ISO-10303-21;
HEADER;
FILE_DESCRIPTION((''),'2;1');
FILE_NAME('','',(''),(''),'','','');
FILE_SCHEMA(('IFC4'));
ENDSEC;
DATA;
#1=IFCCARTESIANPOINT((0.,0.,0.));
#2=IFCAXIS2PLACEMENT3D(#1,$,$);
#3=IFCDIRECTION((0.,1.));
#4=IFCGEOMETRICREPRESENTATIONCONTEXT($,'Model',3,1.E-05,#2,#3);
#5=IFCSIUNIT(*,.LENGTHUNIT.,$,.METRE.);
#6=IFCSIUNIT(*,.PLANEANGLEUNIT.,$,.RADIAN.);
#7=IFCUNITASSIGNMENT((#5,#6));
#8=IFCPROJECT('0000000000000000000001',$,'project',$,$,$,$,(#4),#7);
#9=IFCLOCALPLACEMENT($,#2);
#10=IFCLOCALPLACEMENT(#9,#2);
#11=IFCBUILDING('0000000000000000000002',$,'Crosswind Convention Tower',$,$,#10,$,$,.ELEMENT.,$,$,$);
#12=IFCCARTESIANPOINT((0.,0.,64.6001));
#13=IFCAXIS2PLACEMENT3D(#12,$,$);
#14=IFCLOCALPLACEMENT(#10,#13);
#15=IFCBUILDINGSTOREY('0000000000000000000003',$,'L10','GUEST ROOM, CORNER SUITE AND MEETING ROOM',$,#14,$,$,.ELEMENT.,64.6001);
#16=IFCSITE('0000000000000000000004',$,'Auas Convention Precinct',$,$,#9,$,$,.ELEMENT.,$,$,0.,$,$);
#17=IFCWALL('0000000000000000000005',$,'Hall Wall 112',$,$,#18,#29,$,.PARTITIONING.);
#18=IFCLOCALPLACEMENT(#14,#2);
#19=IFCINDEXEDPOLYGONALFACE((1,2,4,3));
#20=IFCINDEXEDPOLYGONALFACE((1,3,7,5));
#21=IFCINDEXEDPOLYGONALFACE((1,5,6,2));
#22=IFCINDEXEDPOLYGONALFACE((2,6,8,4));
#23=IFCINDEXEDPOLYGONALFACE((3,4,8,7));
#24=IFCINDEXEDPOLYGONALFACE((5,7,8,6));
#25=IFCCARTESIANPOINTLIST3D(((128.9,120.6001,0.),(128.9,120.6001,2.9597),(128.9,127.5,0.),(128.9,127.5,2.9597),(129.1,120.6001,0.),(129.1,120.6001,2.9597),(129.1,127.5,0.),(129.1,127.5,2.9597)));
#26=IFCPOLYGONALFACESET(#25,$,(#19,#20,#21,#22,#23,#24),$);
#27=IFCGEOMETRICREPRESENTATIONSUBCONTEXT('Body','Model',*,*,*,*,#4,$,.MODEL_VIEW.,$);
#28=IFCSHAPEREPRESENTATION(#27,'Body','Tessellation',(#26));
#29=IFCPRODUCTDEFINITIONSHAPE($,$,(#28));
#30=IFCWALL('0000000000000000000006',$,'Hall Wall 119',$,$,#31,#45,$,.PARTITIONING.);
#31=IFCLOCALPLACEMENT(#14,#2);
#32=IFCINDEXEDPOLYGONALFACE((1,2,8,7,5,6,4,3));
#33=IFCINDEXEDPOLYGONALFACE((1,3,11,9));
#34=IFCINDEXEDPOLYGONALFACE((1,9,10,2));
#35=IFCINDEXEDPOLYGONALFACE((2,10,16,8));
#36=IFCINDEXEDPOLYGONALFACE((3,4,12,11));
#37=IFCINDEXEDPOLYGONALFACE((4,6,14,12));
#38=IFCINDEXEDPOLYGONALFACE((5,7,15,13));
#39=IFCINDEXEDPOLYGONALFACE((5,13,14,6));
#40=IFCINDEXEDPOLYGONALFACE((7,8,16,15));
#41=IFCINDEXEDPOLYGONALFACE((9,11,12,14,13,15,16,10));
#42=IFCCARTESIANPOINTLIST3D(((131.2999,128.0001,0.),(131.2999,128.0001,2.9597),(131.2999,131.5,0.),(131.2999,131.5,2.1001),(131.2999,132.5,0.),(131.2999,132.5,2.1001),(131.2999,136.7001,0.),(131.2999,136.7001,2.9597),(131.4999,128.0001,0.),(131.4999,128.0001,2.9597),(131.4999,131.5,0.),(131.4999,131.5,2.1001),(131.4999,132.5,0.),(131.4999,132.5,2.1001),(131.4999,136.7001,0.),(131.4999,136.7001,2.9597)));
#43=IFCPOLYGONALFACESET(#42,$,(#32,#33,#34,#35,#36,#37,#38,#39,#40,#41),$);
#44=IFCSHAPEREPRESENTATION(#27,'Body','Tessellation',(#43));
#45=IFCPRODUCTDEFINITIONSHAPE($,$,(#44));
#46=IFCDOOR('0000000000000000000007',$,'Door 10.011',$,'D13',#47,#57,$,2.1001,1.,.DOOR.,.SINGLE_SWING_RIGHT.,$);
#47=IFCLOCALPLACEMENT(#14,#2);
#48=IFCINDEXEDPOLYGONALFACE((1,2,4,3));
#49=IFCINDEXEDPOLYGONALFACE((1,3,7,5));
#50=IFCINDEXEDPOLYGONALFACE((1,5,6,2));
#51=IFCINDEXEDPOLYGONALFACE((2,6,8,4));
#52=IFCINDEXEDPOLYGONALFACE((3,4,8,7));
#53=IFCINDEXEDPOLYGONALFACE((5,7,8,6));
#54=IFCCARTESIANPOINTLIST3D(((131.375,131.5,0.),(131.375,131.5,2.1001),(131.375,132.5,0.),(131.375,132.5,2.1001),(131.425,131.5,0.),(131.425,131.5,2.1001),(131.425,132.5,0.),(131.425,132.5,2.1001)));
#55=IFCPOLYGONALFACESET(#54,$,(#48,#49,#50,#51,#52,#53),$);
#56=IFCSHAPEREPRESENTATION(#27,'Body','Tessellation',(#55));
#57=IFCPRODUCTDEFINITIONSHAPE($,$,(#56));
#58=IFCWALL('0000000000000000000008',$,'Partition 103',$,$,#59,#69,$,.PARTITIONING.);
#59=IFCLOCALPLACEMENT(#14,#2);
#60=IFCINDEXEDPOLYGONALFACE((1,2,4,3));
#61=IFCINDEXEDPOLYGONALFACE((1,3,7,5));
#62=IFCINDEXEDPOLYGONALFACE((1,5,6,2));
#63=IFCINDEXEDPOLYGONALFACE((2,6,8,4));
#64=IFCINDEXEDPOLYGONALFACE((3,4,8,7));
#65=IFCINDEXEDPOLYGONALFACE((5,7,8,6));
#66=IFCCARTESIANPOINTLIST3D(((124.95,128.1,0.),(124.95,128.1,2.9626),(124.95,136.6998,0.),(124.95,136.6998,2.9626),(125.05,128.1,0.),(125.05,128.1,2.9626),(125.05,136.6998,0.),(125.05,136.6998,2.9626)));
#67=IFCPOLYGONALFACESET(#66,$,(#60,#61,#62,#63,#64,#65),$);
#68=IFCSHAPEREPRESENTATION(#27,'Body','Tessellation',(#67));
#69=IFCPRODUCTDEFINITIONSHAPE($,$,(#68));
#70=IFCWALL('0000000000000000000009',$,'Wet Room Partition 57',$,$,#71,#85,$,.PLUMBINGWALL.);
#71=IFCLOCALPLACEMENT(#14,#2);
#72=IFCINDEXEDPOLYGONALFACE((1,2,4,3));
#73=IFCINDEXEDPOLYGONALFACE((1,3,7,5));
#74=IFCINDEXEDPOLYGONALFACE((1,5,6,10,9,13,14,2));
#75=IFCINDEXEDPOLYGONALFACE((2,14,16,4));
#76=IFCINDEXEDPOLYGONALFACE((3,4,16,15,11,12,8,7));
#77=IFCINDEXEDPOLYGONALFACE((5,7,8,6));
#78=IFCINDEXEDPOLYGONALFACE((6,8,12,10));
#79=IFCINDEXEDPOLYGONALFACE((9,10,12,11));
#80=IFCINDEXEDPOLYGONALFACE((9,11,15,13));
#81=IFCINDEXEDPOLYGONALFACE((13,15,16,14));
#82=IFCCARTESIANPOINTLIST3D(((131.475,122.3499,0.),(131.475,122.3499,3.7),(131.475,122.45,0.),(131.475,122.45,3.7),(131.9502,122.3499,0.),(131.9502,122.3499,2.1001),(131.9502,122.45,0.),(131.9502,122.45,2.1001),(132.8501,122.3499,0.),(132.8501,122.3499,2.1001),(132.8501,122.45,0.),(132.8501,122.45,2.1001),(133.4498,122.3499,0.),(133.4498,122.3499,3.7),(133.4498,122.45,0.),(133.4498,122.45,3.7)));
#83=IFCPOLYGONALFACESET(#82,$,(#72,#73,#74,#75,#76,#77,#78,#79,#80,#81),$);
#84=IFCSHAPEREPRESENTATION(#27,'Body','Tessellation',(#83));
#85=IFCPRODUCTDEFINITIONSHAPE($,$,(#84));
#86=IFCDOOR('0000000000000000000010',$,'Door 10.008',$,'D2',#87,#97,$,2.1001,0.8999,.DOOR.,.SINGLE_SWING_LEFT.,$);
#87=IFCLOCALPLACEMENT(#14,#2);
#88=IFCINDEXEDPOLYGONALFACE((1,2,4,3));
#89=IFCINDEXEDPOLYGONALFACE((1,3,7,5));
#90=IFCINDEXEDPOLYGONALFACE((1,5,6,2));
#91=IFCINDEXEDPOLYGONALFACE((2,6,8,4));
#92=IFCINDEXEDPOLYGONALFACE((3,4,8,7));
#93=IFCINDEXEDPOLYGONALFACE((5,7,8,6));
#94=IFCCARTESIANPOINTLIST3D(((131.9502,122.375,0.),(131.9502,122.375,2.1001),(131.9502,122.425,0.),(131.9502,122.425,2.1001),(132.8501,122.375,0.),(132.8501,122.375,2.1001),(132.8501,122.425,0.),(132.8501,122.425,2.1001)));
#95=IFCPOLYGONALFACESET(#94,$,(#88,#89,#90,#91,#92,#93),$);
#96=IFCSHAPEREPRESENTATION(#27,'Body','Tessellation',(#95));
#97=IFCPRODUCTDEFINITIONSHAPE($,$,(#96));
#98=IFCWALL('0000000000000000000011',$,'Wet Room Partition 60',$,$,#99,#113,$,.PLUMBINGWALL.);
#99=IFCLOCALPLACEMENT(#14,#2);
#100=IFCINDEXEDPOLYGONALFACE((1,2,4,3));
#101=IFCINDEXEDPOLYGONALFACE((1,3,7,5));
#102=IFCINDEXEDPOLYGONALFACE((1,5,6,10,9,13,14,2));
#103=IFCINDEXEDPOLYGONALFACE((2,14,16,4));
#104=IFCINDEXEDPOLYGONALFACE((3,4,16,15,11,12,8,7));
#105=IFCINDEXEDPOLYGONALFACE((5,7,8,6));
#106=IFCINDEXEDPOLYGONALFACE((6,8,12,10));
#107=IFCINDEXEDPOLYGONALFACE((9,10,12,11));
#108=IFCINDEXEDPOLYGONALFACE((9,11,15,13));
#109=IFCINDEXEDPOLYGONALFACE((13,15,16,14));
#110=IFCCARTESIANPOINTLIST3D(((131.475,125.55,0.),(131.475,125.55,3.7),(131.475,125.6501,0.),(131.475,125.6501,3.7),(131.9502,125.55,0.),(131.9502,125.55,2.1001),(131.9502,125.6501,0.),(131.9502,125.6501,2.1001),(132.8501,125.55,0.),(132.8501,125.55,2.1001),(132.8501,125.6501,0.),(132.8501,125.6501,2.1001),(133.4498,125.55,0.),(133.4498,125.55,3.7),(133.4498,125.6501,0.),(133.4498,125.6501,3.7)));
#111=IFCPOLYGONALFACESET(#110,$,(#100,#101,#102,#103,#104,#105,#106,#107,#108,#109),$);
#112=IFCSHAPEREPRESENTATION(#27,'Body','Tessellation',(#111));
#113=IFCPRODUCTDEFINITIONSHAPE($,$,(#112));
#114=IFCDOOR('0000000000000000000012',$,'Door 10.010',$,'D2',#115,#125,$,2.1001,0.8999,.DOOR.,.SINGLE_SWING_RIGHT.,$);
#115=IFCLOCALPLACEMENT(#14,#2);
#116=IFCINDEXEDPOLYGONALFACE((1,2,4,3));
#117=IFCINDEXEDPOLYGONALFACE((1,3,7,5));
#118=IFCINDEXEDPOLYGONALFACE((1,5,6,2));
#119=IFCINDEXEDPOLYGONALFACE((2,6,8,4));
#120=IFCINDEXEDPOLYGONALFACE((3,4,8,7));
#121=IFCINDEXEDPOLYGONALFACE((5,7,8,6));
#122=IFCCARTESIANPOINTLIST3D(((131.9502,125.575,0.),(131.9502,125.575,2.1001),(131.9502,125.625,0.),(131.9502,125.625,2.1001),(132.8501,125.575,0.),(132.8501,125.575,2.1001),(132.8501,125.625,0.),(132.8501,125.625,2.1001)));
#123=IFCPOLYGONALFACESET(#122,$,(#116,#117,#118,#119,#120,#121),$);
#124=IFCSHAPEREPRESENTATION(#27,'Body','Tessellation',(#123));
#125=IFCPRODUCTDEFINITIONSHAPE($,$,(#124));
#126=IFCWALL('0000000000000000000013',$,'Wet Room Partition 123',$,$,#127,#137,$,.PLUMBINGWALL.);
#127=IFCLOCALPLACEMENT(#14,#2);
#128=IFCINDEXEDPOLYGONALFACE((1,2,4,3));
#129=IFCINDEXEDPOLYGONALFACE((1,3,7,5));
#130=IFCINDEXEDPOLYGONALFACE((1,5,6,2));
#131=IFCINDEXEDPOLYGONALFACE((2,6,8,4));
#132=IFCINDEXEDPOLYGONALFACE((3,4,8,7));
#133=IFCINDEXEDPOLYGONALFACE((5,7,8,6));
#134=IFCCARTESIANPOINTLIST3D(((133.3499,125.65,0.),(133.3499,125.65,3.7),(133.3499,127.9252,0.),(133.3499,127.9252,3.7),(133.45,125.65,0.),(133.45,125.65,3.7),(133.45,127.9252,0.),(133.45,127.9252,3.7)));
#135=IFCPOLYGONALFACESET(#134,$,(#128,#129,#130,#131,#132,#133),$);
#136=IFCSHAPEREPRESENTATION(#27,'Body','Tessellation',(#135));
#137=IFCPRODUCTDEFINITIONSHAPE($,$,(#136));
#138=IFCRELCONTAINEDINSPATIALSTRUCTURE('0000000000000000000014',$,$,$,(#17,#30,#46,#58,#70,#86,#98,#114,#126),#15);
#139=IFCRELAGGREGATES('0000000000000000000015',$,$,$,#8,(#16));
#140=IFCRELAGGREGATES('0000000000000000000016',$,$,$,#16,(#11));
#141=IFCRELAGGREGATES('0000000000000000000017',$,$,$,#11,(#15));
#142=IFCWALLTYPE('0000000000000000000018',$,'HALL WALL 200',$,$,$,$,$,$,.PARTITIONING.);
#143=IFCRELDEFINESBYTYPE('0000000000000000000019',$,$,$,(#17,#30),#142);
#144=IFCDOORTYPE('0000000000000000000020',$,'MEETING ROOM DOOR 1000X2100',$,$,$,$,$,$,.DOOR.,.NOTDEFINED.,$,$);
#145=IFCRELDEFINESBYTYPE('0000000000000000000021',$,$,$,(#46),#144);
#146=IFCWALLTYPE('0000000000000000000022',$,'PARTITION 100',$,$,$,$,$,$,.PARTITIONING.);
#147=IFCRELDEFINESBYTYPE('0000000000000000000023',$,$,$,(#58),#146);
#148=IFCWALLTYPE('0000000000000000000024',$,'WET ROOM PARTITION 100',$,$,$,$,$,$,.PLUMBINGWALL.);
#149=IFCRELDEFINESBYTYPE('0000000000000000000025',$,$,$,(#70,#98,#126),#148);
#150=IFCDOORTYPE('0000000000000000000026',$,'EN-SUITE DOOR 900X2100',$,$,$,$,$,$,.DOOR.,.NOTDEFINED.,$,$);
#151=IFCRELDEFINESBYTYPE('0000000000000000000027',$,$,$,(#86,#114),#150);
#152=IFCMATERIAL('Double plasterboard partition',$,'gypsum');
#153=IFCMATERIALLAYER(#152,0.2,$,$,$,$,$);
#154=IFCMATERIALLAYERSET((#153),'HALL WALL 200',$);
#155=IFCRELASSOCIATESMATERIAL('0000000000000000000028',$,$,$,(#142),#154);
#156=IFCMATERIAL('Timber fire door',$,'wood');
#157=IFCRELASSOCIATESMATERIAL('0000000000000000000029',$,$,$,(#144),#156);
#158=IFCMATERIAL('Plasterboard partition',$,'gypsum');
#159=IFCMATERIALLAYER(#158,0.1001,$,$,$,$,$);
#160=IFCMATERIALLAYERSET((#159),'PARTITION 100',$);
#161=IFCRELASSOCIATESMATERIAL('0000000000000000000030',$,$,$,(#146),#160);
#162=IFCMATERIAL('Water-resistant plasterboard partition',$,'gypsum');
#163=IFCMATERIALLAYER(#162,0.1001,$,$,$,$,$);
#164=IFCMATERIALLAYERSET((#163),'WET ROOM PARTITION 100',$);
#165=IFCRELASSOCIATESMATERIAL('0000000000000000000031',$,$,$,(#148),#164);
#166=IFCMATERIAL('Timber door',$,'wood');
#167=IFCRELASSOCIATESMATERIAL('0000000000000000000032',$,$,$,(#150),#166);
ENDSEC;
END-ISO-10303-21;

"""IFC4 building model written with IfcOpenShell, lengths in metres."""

from ifc_helpers import new_model, si_unit, direction, frame, frame_2d, origin, place, context, subcontext, project, spatial, rectangle, extrude, material, layer, layer_set, type_object, element, fill, save


model = new_model("IFC4")

# Units and contexts
model_context = context("Model", 3, precision=1e-05, world=origin(), true_north=direction((0.0, 1.0)))
body_context = subcontext(model_context, "Body", "Model", "MODEL_VIEW")
ifc_project = project(units=[si_unit("LENGTHUNIT", "METRE"), si_unit("PLANEANGLEUNIT", "RADIAN")], contexts=[model_context])

# Site, building, storey
site_placement = place(None, origin())
site = spatial("IfcSite", under=ifc_project, at=site_placement, Name="Auas Convention Precinct", CompositionType="ELEMENT", RefElevation=0.0)
building_placement = place(site_placement, origin())
building = spatial("IfcBuilding", under=site, at=building_placement, Name="Crosswind Convention Tower", CompositionType="ELEMENT")
storey_placement = place(building_placement, frame((0.0, 0.0, 64.6001)))
storey = spatial("IfcBuildingStorey", under=building, at=storey_placement, Name="L10", Description="GUEST ROOM, CORNER SUITE AND MEETING ROOM", CompositionType="ELEMENT", Elevation=64.6001)

# Wall
ifc_material_1 = material(Name="Double plasterboard partition", Category="gypsum")
ifc_layer_1 = layer(ifc_material_1, 0.2)
ifc_layer_set_1 = layer_set([ifc_layer_1], Name="HALL WALL 200")
wall_type_1 = type_object("IfcWallType", Name="HALL WALL 200", PredefinedType="PARTITIONING", material=ifc_layer_set_1)
wall_1_placement = place(storey_placement, frame((129.0, 120.6001, 0.0), z_axis=(0.0, 0.0, 1.0), x_axis=(0.0, 1.0, 0.0)))
element("IfcWall", 1, at=wall_1_placement, inside=storey, type_object=wall_type_1, Name="Hall Wall 112", PredefinedType="PARTITIONING", context=body_context, shape_type="SweptSolid", body=[
    extrude(rectangle(XDim=6.8999, YDim=0.2, at=frame_2d((3.45, 0.0))), origin(), (0.0, 0.0, 1.0), 2.9597),
])

# Wall, opening, door
wall_2_placement = place(storey_placement, frame((131.3999, 128.0, 0.0), z_axis=(0.0, 0.0, 1.0), x_axis=(0.0, 1.0, 0.0)))
wall_2 = element("IfcWall", 2, at=wall_2_placement, inside=storey, type_object=wall_type_1, Name="Hall Wall 119", PredefinedType="PARTITIONING", context=body_context, shape_type="SweptSolid", body=[
    extrude(rectangle(XDim=8.7, YDim=0.2, at=frame_2d((4.3501, 0.0))), origin(), (0.0, 0.0, 1.0), 2.9597),
])
opening_1_placement = place(wall_2_placement, frame((3.5, 0.0, 0.0)))
opening_1 = element("IfcOpeningElement", 3, at=opening_1_placement, cuts=wall_2, PredefinedType="OPENING", context=body_context, shape_type="SweptSolid", body=[
    extrude(rectangle(XDim=1.0, YDim=2.1001, at=frame_2d((0.5, 1.05))), frame((0.0, 0.1099, 0.0), z_axis=(0.0, -1.0, 0.0), x_axis=(1.0, 0.0, 0.0)), (0.0, 0.0, 1.0), 0.22),
])
ifc_material_2 = material(Name="Timber fire door", Category="wood")
door_type_1 = type_object("IfcDoorType", Name="MEETING ROOM DOOR 1000X2100", OperationType="NOTDEFINED", PredefinedType="DOOR", material=ifc_material_2)
door_1_placement = place(opening_1_placement, origin())
door_1 = element("IfcDoor", 4, at=door_1_placement, inside=storey, type_object=door_type_1, Name="Door 10.011", ObjectType="D13", OperationType="SINGLE_SWING_RIGHT", OverallHeight=2.1001, OverallWidth=1.0, PredefinedType="DOOR", context=body_context, shape_type="SweptSolid", body=[
    extrude(rectangle(XDim=1.0, YDim=2.1001, at=frame_2d((0.5, 1.05))), frame((0.0, 0.0249, 0.0), z_axis=(0.0, -1.0, 0.0), x_axis=(1.0, 0.0, 0.0)), (0.0, 0.0, 1.0), 0.05),
])
fill(opening_1, door_1)

# Wall
ifc_material_3 = material(Name="Plasterboard partition", Category="gypsum")
ifc_layer_2 = layer(ifc_material_3, 0.1001)
ifc_layer_set_2 = layer_set([ifc_layer_2], Name="PARTITION 100")
wall_type_2 = type_object("IfcWallType", Name="PARTITION 100", PredefinedType="PARTITIONING", material=ifc_layer_set_2)
wall_3_placement = place(storey_placement, frame((125.0, 128.1001, 0.0), z_axis=(0.0, 0.0, 1.0), x_axis=(0.0, 1.0, 0.0)))
element("IfcWall", 5, at=wall_3_placement, inside=storey, type_object=wall_type_2, Name="Partition 103", PredefinedType="PARTITIONING", context=body_context, shape_type="SweptSolid", body=[
    extrude(rectangle(XDim=8.5999, YDim=0.1001, at=frame_2d((4.2998, 0.0))), origin(), (0.0, 0.0, 1.0), 2.9626),
])

# Walls, openings, doors
ifc_material_4 = material(Name="Water-resistant plasterboard partition", Category="gypsum")
ifc_layer_3 = layer(ifc_material_4, 0.1001)
ifc_layer_set_3 = layer_set([ifc_layer_3], Name="WET ROOM PARTITION 100")
wall_type_3 = type_object("IfcWallType", Name="WET ROOM PARTITION 100", PredefinedType="PLUMBINGWALL", material=ifc_layer_set_3)
wall_4_placement = place(storey_placement, frame((131.4751, 122.3999, 0.0), z_axis=(0.0, 0.0, 1.0), x_axis=(1.0, 0.0, 0.0)))
wall_4 = element("IfcWall", 6, at=wall_4_placement, inside=storey, type_object=wall_type_3, Name="Wet Room Partition 57", PredefinedType="PLUMBINGWALL", context=body_context, shape_type="SweptSolid", body=[
    extrude(rectangle(XDim=1.9749, YDim=0.1001, at=frame_2d((0.9873, 0.0))), origin(), (0.0, 0.0, 1.0), 3.7),
])
opening_2_placement = place(wall_4_placement, frame((0.4751, 0.0, 0.0)))
opening_2 = element("IfcOpeningElement", 7, at=opening_2_placement, cuts=wall_4, PredefinedType="OPENING", context=body_context, shape_type="SweptSolid", body=[
    extrude(rectangle(XDim=0.8999, YDim=2.1001, at=frame_2d((0.45, 1.05))), frame((0.0, 0.0601, 0.0), z_axis=(0.0, -1.0, 0.0), x_axis=(1.0, 0.0, 0.0)), (0.0, 0.0, 1.0), 0.1201),
])
ifc_material_5 = material(Name="Timber door", Category="wood")
door_type_2 = type_object("IfcDoorType", Name="EN-SUITE DOOR 900X2100", OperationType="NOTDEFINED", PredefinedType="DOOR", material=ifc_material_5)
door_2_placement = place(opening_2_placement, frame((0.8999, 0.0, 0.0), z_axis=(0.0, 0.0, 1.0), x_axis=(-1.0, 0.0, 0.0)))
door_2 = element("IfcDoor", 8, at=door_2_placement, inside=storey, type_object=door_type_2, Name="Door 10.008", ObjectType="D2", OperationType="SINGLE_SWING_LEFT", OverallHeight=2.1001, OverallWidth=0.8999, PredefinedType="DOOR", context=body_context, shape_type="SweptSolid", body=[
    extrude(rectangle(XDim=0.8999, YDim=2.1001, at=frame_2d((0.45, 1.05))), frame((0.0, 0.0249, 0.0), z_axis=(0.0, -1.0, 0.0), x_axis=(1.0, 0.0, 0.0)), (0.0, 0.0, 1.0), 0.05),
])
fill(opening_2, door_2)
wall_5_placement = place(storey_placement, frame((131.4751, 125.6001, 0.0), z_axis=(0.0, 0.0, 1.0), x_axis=(1.0, 0.0, 0.0)))
wall_5 = element("IfcWall", 9, at=wall_5_placement, inside=storey, type_object=wall_type_3, Name="Wet Room Partition 60", PredefinedType="PLUMBINGWALL", context=body_context, shape_type="SweptSolid", body=[
    extrude(rectangle(XDim=1.9749, YDim=0.1001, at=frame_2d((0.9873, 0.0))), origin(), (0.0, 0.0, 1.0), 3.7),
])
opening_3_placement = place(wall_5_placement, frame((0.4751, 0.0, 0.0)))
opening_3 = element("IfcOpeningElement", 10, at=opening_3_placement, cuts=wall_5, PredefinedType="OPENING", context=body_context, shape_type="SweptSolid", body=[
    extrude(rectangle(XDim=0.8999, YDim=2.1001, at=frame_2d((0.45, 1.05))), frame((0.0, 0.0601, 0.0), z_axis=(0.0, -1.0, 0.0), x_axis=(1.0, 0.0, 0.0)), (0.0, 0.0, 1.0), 0.1201),
])
door_3_placement = place(opening_3_placement, origin())
door_3 = element("IfcDoor", 11, at=door_3_placement, inside=storey, type_object=door_type_2, Name="Door 10.010", ObjectType="D2", OperationType="SINGLE_SWING_RIGHT", OverallHeight=2.1001, OverallWidth=0.8999, PredefinedType="DOOR", context=body_context, shape_type="SweptSolid", body=[
    extrude(rectangle(XDim=0.8999, YDim=2.1001, at=frame_2d((0.45, 1.05))), frame((0.0, 0.0249, 0.0), z_axis=(0.0, -1.0, 0.0), x_axis=(1.0, 0.0, 0.0)), (0.0, 0.0, 1.0), 0.05),
])
fill(opening_3, door_3)

# Wall
wall_6_placement = place(storey_placement, frame((133.3999, 125.6499, 0.0), z_axis=(0.0, 0.0, 1.0), x_axis=(0.0, 1.0, 0.0)))
element("IfcWall", 12, at=wall_6_placement, inside=storey, type_object=wall_type_3, Name="Wet Room Partition 123", PredefinedType="PLUMBINGWALL", context=body_context, shape_type="SweptSolid", body=[
    extrude(rectangle(XDim=2.2751, YDim=0.1001, at=frame_2d((1.1377, 0.0))), origin(), (0.0, 0.0, 1.0), 3.7),
])

save(model, "model.ifc")
